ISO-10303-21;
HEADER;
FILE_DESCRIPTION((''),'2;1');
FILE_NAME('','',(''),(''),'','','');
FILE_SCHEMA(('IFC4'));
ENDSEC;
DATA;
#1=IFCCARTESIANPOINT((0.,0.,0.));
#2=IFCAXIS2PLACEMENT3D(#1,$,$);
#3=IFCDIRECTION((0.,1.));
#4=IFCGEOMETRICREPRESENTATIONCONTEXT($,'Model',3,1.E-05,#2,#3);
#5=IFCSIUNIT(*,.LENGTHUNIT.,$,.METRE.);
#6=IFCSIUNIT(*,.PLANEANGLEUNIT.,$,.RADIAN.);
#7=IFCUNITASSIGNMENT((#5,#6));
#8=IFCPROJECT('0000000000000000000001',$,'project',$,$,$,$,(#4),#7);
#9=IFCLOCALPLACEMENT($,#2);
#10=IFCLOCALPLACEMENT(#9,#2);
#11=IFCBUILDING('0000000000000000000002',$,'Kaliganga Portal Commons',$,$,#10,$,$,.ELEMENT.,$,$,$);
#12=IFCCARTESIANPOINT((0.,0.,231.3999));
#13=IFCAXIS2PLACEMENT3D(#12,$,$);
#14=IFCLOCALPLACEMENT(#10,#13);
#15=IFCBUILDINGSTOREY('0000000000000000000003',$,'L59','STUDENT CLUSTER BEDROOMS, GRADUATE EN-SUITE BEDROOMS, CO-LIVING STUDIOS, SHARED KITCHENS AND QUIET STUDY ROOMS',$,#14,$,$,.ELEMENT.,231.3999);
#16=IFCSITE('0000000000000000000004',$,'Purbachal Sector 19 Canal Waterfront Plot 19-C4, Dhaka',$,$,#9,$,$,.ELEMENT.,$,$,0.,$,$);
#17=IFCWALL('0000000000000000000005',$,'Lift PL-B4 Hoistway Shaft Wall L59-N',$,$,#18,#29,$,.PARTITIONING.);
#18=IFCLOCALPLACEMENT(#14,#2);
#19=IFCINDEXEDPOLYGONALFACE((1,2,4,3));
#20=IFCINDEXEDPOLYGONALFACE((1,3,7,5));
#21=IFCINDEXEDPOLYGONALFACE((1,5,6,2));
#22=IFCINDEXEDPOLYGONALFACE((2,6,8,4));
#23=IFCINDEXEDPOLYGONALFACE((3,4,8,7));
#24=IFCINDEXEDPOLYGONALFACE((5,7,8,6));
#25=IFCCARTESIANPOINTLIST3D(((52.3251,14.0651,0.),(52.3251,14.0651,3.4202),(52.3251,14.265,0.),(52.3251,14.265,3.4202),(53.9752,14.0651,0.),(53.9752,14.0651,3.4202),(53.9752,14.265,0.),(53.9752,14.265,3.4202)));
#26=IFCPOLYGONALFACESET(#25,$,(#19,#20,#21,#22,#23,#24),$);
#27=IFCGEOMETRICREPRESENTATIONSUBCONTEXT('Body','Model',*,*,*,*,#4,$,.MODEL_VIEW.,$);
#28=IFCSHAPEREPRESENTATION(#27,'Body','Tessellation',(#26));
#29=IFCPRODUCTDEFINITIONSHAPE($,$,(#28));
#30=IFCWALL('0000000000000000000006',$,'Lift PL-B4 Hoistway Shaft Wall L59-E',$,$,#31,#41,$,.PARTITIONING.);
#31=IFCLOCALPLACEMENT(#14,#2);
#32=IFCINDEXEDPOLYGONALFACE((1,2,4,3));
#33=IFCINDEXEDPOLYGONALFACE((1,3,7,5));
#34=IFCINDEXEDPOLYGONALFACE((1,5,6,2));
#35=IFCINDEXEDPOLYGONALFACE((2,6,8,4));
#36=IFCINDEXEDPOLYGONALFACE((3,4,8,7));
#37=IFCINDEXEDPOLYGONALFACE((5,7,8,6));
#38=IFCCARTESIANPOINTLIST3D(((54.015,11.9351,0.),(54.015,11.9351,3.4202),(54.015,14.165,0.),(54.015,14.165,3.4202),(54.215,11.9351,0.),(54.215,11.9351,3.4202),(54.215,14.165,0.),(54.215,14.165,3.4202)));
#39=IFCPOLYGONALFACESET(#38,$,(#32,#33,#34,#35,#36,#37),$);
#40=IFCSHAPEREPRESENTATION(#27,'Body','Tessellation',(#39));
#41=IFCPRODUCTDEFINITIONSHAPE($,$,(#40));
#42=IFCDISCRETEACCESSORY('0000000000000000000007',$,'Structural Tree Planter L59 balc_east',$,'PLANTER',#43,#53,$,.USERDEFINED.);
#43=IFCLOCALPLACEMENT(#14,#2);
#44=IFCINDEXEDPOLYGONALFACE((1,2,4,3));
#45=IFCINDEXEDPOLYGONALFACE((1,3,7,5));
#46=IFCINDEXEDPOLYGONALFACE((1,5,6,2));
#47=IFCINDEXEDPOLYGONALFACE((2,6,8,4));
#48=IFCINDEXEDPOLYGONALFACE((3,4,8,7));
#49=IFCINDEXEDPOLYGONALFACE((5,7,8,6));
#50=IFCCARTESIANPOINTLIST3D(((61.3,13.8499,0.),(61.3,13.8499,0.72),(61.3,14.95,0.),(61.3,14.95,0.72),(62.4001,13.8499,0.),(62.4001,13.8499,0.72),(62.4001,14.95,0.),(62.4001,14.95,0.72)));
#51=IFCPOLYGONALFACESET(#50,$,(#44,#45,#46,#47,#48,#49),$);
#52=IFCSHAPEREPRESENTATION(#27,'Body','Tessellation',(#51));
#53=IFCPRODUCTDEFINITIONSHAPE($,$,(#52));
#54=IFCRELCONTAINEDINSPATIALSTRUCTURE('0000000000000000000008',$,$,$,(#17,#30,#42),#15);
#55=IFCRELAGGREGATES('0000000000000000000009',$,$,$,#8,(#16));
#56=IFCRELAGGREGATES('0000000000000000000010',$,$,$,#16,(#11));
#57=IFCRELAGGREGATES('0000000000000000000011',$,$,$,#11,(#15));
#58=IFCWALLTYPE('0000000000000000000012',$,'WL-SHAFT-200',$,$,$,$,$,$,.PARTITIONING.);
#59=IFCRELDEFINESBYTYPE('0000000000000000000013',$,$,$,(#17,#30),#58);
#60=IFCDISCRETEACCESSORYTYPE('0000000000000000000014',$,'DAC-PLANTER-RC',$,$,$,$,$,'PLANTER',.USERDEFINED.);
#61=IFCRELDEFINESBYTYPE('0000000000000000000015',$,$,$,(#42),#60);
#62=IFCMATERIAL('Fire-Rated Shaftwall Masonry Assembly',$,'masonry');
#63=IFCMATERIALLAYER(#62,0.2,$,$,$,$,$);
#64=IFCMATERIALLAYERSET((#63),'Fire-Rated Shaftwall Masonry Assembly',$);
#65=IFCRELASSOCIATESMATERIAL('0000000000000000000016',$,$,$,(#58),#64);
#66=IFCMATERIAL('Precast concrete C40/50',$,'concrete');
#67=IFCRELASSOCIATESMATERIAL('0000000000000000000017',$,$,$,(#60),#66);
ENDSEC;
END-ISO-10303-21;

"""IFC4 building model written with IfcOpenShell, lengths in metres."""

from ifc_helpers import new_model, si_unit, direction, frame, frame_2d, origin, origin_2d, place, context, subcontext, project, spatial, rectangle, extrude, source, transform, mapped, material, layer, layer_set, type_object, element, save


model = new_model("IFC4")

# Units and contexts
model_context = context("Model", 3, precision=1e-05, world=origin(), true_north=direction((0.0, 1.0)))
body_context = subcontext(model_context, "Body", "Model", "MODEL_VIEW")
ifc_project = project(units=[si_unit("LENGTHUNIT", "METRE"), si_unit("PLANEANGLEUNIT", "RADIAN")], contexts=[model_context])

# Site, building, storey
site_placement = place(None, origin())
site = spatial("IfcSite", under=ifc_project, at=site_placement, Name="Purbachal Sector 19 Canal Waterfront Plot 19-C4, Dhaka", CompositionType="ELEMENT", RefElevation=0.0)
building_placement = place(site_placement, origin())
building = spatial("IfcBuilding", under=site, at=building_placement, Name="Kaliganga Portal Commons", CompositionType="ELEMENT")
storey_placement = place(building_placement, frame((0.0, 0.0, 231.3999)))
storey = spatial("IfcBuildingStorey", under=building, at=storey_placement, Name="L59", Description="STUDENT CLUSTER BEDROOMS, GRADUATE EN-SUITE BEDROOMS, CO-LIVING STUDIOS, SHARED KITCHENS AND QUIET STUDY ROOMS", CompositionType="ELEMENT", Elevation=231.3999)

# Shared definitions
ifc_material_1 = material(Name="Fire-Rated Shaftwall Masonry Assembly", Category="masonry")
ifc_layer_1 = layer(ifc_material_1, 0.2)
ifc_layer_set_1 = layer_set([ifc_layer_1], Name="Fire-Rated Shaftwall Masonry Assembly")
wall_type_1 = type_object("IfcWallType", Name="WL-SHAFT-200", PredefinedType="PARTITIONING", material=ifc_layer_set_1)

# Walls
wall_1_placement = place(storey_placement, frame((52.325, 14.165, 0.0), z_axis=(0.0, 0.0, 1.0), x_axis=(1.0, 0.0, 0.0)))
element("IfcWall", 1, at=wall_1_placement, inside=storey, type_object=wall_type_1, Name="Lift PL-B4 Hoistway Shaft Wall L59-N", PredefinedType="PARTITIONING", context=body_context, shape_type="SweptSolid", body=[
    extrude(rectangle(XDim=1.6501, YDim=0.2, at=frame_2d((0.8252, 0.0))), origin(), (0.0, 0.0, 1.0), 3.4202),
])
wall_2_placement = place(storey_placement, frame((54.115, 11.9351, 0.0), z_axis=(0.0, 0.0, 1.0), x_axis=(0.0, 1.0, 0.0)))
element("IfcWall", 2, at=wall_2_placement, inside=storey, type_object=wall_type_1, Name="Lift PL-B4 Hoistway Shaft Wall L59-E", PredefinedType="PARTITIONING", context=body_context, shape_type="SweptSolid", body=[
    extrude(rectangle(XDim=2.23, YDim=0.2, at=frame_2d((1.115, 0.0))), origin(), (0.0, 0.0, 1.0), 3.4202),
])

# Discrete accessory
ifc_material_2 = material(Name="Precast concrete C40/50", Category="concrete")
discrete_accessory_type = type_object("IfcDiscreteAccessoryType", Name="DAC-PLANTER-RC", ElementType="PLANTER", PredefinedType="USERDEFINED", material=ifc_material_2)
shared_shape_1 = source(origin(), body_context, "Body", "SweptSolid", [
    extrude(rectangle(XDim=1.1001, YDim=1.1001, at=origin_2d()), origin(), (0.0, 0.0, 1.0), 0.72),
])
discrete_accessory_placement = place(storey_placement, frame((61.8501, 14.3999, 0.0), z_axis=(0.0, 0.0, 1.0), x_axis=(1.0, 0.0, 0.0)))
element("IfcDiscreteAccessory", 3, at=discrete_accessory_placement, inside=storey, type_object=discrete_accessory_type, Name="Structural Tree Planter L59 balc_east", ObjectType="PLANTER", PredefinedType="USERDEFINED", context=body_context, shape_type="MappedRepresentation", body=[
    mapped(shared_shape_1, transform((0.0, 0.0, 0.0), x_axis=(1.0, 0.0, 0.0), y_axis=(0.0, 1.0, 0.0), z_axis=(0.0, 0.0, 1.0), scale=1.0)),
])

save(model, "model.ifc")
